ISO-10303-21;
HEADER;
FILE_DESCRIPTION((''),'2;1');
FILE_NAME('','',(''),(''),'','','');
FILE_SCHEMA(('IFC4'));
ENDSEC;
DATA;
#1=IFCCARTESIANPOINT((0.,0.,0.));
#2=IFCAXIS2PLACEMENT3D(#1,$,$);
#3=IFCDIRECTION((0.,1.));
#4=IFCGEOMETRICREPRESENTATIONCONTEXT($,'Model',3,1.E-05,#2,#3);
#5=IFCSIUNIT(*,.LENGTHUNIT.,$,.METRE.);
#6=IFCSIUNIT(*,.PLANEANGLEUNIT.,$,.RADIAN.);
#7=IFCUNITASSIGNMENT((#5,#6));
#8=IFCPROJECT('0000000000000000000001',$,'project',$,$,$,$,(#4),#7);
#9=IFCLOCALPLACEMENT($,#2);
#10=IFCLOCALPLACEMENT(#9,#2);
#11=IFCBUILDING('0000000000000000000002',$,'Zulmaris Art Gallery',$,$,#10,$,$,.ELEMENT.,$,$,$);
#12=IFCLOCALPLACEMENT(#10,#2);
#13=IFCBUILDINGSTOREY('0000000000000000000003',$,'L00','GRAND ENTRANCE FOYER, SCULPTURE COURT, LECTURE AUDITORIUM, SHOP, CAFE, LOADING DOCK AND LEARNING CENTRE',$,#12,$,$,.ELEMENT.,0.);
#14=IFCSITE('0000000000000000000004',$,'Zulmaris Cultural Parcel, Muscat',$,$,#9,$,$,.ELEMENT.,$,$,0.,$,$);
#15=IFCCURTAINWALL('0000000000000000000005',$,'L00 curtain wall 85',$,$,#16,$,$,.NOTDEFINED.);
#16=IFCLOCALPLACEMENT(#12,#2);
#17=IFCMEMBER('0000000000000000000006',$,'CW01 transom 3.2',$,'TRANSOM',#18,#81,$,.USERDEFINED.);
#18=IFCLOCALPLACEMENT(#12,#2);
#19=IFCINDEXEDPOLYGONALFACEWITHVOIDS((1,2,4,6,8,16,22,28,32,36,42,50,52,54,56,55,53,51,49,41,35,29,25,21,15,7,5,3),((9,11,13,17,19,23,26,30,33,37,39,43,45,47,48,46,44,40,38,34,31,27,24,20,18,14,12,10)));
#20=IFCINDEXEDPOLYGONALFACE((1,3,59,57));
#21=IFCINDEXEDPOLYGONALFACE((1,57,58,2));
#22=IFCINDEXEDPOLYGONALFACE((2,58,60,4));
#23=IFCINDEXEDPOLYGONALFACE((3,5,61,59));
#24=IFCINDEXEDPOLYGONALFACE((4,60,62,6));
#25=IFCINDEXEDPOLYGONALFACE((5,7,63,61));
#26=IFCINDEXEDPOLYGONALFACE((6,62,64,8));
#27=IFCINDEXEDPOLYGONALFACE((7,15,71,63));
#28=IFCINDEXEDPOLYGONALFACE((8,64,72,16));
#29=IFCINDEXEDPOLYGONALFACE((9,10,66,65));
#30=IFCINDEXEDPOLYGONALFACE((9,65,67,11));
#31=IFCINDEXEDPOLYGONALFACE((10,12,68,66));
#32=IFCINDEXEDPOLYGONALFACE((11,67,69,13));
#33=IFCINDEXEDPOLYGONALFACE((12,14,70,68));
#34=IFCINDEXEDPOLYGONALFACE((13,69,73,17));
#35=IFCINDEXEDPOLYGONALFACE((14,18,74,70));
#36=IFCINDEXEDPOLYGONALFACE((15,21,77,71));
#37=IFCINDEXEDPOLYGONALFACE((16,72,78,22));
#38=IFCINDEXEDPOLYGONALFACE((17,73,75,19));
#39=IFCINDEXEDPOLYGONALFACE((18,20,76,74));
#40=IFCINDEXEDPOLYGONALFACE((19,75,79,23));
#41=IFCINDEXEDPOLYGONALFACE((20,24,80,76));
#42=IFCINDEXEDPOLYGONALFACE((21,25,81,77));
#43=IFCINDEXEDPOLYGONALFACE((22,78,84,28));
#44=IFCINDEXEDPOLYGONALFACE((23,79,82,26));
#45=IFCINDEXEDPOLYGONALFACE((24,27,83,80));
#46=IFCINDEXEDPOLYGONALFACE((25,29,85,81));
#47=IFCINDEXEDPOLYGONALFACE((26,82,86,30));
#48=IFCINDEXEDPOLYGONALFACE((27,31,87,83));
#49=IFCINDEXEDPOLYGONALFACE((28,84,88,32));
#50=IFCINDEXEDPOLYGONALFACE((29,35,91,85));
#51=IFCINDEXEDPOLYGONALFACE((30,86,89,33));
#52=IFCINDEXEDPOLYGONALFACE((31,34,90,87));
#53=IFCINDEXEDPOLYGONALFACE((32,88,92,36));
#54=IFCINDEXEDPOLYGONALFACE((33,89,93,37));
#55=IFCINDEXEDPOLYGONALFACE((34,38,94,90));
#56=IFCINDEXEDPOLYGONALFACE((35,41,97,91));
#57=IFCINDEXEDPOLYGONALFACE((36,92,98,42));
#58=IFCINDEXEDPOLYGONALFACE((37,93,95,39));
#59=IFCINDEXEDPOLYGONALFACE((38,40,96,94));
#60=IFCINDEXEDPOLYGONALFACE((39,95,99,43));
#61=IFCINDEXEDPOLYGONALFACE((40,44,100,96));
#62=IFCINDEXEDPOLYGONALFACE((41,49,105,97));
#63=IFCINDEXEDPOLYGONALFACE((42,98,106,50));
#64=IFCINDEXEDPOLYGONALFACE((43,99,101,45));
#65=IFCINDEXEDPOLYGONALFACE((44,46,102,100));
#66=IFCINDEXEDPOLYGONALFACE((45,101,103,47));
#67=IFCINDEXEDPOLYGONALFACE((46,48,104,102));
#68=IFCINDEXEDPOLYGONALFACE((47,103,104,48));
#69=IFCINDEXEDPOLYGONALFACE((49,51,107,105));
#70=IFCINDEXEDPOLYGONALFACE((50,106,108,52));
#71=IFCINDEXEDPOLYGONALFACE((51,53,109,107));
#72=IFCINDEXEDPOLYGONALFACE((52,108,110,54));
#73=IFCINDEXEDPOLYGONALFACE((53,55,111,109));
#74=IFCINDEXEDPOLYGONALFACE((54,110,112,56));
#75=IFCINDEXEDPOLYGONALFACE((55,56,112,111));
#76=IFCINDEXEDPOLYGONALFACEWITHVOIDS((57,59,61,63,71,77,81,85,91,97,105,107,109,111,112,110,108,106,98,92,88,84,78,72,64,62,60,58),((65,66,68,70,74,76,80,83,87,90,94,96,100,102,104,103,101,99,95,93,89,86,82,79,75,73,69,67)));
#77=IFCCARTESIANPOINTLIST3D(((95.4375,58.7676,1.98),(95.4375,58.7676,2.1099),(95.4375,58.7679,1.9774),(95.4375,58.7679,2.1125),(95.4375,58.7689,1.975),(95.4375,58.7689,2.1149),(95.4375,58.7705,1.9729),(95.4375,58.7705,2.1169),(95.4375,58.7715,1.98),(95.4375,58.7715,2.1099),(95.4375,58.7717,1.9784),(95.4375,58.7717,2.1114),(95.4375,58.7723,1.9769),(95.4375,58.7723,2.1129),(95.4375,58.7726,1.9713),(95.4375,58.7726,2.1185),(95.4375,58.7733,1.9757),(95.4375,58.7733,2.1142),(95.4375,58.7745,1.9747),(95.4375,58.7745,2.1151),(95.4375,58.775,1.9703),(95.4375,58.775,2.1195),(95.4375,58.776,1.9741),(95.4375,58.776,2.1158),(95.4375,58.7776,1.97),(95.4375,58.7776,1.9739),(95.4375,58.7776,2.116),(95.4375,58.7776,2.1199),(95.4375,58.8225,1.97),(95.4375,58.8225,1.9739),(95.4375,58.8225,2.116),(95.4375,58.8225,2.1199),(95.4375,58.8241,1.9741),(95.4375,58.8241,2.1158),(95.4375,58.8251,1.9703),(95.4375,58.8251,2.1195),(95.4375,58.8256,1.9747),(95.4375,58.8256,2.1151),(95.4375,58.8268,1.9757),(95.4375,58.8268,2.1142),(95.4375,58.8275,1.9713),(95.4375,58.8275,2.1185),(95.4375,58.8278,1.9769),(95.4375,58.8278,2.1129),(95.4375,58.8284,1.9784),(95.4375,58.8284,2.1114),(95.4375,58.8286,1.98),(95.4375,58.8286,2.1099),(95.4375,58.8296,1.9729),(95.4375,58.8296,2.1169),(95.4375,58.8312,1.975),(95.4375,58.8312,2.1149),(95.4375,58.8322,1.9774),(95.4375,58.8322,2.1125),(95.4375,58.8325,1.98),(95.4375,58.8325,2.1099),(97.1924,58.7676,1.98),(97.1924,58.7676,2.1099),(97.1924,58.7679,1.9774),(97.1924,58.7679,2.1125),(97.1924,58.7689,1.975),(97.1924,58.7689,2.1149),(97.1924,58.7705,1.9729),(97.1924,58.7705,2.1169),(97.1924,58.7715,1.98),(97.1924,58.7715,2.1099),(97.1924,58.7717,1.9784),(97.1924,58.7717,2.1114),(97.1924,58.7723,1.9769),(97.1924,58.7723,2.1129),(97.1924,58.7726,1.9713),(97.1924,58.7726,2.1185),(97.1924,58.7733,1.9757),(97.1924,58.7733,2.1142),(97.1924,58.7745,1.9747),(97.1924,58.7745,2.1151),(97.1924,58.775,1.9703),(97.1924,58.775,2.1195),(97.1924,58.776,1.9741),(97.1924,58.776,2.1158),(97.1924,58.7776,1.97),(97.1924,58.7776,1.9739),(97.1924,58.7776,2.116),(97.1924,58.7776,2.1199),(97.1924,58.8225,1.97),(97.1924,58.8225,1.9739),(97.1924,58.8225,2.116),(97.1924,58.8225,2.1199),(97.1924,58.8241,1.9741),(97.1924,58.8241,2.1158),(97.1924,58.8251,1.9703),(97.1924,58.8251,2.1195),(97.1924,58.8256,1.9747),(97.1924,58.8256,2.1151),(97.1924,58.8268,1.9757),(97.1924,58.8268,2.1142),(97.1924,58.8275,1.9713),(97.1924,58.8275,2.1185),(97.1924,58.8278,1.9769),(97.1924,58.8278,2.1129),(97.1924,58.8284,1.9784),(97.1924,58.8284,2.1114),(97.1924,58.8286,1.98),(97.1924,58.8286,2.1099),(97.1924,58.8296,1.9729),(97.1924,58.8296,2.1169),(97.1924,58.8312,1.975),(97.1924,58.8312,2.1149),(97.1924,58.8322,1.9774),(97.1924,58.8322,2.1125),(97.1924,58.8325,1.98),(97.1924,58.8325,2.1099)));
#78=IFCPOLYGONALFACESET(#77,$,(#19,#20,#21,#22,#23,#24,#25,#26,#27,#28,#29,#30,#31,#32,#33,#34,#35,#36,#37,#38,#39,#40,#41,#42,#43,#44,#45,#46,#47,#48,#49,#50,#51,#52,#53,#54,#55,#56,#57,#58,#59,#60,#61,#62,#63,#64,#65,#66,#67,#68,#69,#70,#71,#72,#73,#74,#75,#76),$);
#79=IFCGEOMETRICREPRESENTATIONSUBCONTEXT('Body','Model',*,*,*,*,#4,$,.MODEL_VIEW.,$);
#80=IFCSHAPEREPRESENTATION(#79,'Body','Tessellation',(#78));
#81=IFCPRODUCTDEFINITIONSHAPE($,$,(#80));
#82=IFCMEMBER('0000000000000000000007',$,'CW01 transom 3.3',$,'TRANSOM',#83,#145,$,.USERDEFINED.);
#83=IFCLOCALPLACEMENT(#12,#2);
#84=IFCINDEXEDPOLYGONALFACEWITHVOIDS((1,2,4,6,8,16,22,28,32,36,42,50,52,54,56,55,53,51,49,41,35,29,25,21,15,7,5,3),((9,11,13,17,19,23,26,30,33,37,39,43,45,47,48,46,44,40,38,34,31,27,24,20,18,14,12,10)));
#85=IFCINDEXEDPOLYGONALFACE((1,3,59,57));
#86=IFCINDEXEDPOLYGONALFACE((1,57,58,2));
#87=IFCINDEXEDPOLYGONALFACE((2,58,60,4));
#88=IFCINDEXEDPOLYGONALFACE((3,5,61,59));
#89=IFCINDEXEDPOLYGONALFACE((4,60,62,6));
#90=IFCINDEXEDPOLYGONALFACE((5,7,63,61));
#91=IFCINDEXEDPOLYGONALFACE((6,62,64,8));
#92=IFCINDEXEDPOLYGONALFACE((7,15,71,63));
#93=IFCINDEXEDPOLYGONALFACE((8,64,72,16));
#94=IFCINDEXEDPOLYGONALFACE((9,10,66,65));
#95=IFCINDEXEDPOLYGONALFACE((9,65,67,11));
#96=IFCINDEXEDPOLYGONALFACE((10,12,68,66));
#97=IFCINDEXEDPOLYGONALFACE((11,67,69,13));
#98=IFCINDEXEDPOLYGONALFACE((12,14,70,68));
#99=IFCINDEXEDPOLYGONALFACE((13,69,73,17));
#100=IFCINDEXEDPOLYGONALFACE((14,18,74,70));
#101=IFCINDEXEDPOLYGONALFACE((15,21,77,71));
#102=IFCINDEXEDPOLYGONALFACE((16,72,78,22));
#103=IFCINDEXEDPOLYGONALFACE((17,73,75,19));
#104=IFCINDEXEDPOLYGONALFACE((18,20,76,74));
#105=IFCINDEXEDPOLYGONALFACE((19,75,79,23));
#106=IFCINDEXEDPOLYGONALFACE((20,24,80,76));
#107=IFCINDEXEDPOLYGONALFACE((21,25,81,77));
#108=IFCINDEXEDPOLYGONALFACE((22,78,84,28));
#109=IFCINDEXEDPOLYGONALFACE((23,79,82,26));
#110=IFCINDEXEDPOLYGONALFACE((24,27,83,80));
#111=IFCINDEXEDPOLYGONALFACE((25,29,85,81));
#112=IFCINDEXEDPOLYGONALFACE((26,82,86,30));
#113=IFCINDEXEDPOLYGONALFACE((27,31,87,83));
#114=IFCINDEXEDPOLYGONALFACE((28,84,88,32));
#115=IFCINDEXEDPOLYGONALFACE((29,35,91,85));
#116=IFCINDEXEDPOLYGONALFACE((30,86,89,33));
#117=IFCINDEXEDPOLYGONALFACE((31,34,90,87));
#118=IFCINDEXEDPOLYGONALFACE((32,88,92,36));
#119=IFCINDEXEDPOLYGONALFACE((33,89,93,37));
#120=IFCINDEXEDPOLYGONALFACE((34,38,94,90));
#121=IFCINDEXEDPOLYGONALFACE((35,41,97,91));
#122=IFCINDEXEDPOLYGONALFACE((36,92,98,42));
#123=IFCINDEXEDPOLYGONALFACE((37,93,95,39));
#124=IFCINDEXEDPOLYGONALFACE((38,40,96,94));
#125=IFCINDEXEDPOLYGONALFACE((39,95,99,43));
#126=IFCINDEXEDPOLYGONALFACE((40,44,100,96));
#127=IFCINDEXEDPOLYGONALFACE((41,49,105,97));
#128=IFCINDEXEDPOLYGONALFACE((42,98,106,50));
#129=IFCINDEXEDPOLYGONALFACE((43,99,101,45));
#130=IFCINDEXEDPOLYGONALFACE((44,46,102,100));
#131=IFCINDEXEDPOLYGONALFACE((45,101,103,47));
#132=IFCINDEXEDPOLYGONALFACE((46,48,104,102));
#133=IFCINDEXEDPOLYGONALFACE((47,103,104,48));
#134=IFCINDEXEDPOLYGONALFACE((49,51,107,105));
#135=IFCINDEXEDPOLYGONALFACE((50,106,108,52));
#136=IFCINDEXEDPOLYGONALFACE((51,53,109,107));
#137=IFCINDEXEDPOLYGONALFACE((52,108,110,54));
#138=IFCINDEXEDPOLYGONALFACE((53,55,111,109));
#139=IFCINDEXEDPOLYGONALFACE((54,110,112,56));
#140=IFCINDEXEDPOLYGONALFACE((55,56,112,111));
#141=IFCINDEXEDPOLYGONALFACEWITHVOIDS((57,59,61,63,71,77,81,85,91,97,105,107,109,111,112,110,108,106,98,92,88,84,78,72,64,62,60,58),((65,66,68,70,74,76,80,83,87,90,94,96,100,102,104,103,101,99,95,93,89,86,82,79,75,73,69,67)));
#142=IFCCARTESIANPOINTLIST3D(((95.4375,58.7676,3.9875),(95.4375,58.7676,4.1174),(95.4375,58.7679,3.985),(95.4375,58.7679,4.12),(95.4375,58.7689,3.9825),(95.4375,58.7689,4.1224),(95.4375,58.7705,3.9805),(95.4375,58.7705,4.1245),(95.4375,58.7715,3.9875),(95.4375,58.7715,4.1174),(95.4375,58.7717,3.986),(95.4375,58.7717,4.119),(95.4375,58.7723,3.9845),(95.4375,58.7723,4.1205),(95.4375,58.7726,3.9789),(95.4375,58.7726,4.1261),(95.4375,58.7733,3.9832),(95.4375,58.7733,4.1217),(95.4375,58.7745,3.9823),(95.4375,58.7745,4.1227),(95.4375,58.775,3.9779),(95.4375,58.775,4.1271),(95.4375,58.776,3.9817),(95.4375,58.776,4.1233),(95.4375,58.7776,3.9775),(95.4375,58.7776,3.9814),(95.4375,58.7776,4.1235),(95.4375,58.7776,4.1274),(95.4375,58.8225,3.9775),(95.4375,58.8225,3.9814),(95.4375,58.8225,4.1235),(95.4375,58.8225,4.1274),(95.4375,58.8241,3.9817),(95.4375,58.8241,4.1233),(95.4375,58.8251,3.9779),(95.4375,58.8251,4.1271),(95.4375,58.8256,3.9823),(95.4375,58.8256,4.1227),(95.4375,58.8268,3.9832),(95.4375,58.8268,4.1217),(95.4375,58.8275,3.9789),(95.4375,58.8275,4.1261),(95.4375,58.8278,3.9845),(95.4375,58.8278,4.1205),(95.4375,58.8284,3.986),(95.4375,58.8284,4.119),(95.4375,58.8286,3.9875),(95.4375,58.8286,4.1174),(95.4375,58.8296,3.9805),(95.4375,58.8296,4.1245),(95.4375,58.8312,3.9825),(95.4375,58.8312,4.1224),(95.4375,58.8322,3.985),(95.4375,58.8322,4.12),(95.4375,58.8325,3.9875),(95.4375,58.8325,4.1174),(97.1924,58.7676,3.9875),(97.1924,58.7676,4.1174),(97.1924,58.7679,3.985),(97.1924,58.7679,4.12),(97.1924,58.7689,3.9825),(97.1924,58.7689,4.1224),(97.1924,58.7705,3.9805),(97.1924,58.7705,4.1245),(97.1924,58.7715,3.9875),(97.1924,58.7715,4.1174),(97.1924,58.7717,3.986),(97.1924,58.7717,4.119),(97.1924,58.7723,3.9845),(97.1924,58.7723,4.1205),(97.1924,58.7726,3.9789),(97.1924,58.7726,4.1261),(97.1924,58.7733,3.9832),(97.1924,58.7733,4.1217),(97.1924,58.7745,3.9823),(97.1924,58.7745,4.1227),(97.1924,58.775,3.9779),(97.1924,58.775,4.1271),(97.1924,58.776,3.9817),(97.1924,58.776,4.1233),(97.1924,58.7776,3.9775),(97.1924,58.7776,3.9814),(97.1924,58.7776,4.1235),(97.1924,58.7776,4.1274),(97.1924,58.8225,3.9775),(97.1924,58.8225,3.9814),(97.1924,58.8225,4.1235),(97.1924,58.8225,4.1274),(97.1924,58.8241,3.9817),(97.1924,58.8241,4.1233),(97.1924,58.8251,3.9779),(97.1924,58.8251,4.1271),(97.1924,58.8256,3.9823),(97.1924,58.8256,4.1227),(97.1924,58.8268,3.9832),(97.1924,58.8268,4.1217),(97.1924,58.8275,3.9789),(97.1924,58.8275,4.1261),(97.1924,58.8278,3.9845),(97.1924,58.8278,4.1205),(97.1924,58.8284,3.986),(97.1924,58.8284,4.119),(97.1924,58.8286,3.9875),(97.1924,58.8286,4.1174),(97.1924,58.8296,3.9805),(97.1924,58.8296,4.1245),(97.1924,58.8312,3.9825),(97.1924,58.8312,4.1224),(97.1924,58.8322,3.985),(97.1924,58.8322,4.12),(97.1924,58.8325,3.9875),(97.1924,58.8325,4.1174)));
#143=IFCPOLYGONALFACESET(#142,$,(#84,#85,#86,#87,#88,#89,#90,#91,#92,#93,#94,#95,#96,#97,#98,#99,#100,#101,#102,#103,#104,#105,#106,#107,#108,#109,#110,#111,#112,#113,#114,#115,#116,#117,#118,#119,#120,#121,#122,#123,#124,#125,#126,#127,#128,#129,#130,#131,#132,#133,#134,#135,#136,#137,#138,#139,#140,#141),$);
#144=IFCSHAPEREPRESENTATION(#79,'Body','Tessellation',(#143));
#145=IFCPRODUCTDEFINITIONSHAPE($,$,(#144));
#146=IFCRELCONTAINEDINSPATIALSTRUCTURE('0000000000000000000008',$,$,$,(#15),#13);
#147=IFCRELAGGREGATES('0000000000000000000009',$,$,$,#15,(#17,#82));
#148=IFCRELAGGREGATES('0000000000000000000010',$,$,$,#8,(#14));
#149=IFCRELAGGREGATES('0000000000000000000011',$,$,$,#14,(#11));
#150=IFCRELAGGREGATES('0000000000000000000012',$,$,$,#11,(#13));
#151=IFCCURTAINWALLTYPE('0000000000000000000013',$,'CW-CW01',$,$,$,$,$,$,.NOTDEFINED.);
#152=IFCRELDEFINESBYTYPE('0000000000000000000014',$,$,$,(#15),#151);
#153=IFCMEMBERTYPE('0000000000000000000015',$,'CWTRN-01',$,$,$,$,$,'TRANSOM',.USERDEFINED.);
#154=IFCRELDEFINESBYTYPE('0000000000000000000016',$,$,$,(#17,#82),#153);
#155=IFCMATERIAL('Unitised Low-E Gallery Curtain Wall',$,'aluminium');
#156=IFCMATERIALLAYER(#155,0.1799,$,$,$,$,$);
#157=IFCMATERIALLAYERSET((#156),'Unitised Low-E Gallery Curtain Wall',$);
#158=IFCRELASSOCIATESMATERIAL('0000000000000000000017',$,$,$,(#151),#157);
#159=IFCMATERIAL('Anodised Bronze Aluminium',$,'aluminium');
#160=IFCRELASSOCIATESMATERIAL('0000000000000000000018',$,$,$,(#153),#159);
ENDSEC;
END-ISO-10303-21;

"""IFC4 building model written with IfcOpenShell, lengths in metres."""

from ifc_helpers import new_model, si_unit, direction, frame, origin, origin_2d, place, context, subcontext, project, spatial, hollow_rectangle, extrude, material, layer, layer_set, material_profile, profile_set, type_object, element, aggregate, save


model = new_model("IFC4")

# Units and contexts
model_context = context("Model", 3, precision=1e-05, world=origin(), true_north=direction((0.0, 1.0)))
body_context = subcontext(model_context, "Body", "Model", "MODEL_VIEW")
ifc_project = project(units=[si_unit("LENGTHUNIT", "METRE"), si_unit("PLANEANGLEUNIT", "RADIAN")], contexts=[model_context])

# Site, building, storey
site_placement = place(None, origin())
site = spatial("IfcSite", under=ifc_project, at=site_placement, Name="Zulmaris Cultural Parcel, Muscat", CompositionType="ELEMENT", RefElevation=0.0)
building_placement = place(site_placement, origin())
building = spatial("IfcBuilding", under=site, at=building_placement, Name="Zulmaris Art Gallery", CompositionType="ELEMENT")
storey_placement = place(building_placement, origin())
storey = spatial("IfcBuildingStorey", under=building, at=storey_placement, Name="L00", Description="GRAND ENTRANCE FOYER, SCULPTURE COURT, LECTURE AUDITORIUM, SHOP, CAFE, LOADING DOCK AND LEARNING CENTRE", CompositionType="ELEMENT", Elevation=0.0)

# Curtain wall
ifc_material_1 = material(Name="Unitised Low-E Gallery Curtain Wall", Category="aluminium")
ifc_layer_1 = layer(ifc_material_1, 0.1799)
ifc_layer_set_1 = layer_set([ifc_layer_1], Name="Unitised Low-E Gallery Curtain Wall")
curtain_wall_type = type_object("IfcCurtainWallType", Name="CW-CW01", PredefinedType="NOTDEFINED", material=ifc_layer_set_1)
curtain_wall_1_placement = place(storey_placement, origin())
curtain_wall_1 = element("IfcCurtainWall", 1, at=curtain_wall_1_placement, inside=storey, type_object=curtain_wall_type, Name="L00 curtain wall 85", PredefinedType="NOTDEFINED")
ifc_material_2 = material(Name="Anodised Bronze Aluminium", Category="aluminium")

# Members
ifc_material_profile_1 = material_profile(ifc_material_2, hollow_rectangle(XDim=0.0649, YDim=0.1499, WallThickness=0.0039, InnerFilletRadius=0.0061, OuterFilletRadius=0.01, at=origin_2d()), Name="ALU 65x150x4")
ifc_profile_set_1 = profile_set([ifc_material_profile_1], Name="Anodised Bronze Aluminium")
member_type_1 = type_object("IfcMemberType", Name="CWTRN-01", ElementType="TRANSOM", PredefinedType="USERDEFINED", material=ifc_profile_set_1)
member_1_placement = place(storey_placement, frame((95.4375, 58.8, 2.0449), z_axis=(1.0, 0.0, 0.0), x_axis=(0.0, 1.0, 0.0)))
member_1 = element("IfcMember", 2, at=member_1_placement, type_object=member_type_1, Name="CW01 transom 3.2", ObjectType="TRANSOM", PredefinedType="USERDEFINED", context=body_context, shape_type="SweptSolid", body=[
    extrude(hollow_rectangle(XDim=0.0649, YDim=0.1499, WallThickness=0.0039, InnerFilletRadius=0.0061, OuterFilletRadius=0.01, at=origin_2d()), origin(), (0.0, 0.0, 1.0), 1.7549),
])
member_2_placement = place(storey_placement, frame((95.4375, 58.8, 4.0525), z_axis=(1.0, 0.0, 0.0), x_axis=(0.0, 1.0, 0.0)))
member_2 = element("IfcMember", 3, at=member_2_placement, type_object=member_type_1, Name="CW01 transom 3.3", ObjectType="TRANSOM", PredefinedType="USERDEFINED", context=body_context, shape_type="SweptSolid", body=[
    extrude(hollow_rectangle(XDim=0.0649, YDim=0.1499, WallThickness=0.0039, InnerFilletRadius=0.0061, OuterFilletRadius=0.01, at=origin_2d()), origin(), (0.0, 0.0, 1.0), 1.7549),
])

aggregate(curtain_wall_1, [member_1, member_2])

save(model, "model.ifc")
